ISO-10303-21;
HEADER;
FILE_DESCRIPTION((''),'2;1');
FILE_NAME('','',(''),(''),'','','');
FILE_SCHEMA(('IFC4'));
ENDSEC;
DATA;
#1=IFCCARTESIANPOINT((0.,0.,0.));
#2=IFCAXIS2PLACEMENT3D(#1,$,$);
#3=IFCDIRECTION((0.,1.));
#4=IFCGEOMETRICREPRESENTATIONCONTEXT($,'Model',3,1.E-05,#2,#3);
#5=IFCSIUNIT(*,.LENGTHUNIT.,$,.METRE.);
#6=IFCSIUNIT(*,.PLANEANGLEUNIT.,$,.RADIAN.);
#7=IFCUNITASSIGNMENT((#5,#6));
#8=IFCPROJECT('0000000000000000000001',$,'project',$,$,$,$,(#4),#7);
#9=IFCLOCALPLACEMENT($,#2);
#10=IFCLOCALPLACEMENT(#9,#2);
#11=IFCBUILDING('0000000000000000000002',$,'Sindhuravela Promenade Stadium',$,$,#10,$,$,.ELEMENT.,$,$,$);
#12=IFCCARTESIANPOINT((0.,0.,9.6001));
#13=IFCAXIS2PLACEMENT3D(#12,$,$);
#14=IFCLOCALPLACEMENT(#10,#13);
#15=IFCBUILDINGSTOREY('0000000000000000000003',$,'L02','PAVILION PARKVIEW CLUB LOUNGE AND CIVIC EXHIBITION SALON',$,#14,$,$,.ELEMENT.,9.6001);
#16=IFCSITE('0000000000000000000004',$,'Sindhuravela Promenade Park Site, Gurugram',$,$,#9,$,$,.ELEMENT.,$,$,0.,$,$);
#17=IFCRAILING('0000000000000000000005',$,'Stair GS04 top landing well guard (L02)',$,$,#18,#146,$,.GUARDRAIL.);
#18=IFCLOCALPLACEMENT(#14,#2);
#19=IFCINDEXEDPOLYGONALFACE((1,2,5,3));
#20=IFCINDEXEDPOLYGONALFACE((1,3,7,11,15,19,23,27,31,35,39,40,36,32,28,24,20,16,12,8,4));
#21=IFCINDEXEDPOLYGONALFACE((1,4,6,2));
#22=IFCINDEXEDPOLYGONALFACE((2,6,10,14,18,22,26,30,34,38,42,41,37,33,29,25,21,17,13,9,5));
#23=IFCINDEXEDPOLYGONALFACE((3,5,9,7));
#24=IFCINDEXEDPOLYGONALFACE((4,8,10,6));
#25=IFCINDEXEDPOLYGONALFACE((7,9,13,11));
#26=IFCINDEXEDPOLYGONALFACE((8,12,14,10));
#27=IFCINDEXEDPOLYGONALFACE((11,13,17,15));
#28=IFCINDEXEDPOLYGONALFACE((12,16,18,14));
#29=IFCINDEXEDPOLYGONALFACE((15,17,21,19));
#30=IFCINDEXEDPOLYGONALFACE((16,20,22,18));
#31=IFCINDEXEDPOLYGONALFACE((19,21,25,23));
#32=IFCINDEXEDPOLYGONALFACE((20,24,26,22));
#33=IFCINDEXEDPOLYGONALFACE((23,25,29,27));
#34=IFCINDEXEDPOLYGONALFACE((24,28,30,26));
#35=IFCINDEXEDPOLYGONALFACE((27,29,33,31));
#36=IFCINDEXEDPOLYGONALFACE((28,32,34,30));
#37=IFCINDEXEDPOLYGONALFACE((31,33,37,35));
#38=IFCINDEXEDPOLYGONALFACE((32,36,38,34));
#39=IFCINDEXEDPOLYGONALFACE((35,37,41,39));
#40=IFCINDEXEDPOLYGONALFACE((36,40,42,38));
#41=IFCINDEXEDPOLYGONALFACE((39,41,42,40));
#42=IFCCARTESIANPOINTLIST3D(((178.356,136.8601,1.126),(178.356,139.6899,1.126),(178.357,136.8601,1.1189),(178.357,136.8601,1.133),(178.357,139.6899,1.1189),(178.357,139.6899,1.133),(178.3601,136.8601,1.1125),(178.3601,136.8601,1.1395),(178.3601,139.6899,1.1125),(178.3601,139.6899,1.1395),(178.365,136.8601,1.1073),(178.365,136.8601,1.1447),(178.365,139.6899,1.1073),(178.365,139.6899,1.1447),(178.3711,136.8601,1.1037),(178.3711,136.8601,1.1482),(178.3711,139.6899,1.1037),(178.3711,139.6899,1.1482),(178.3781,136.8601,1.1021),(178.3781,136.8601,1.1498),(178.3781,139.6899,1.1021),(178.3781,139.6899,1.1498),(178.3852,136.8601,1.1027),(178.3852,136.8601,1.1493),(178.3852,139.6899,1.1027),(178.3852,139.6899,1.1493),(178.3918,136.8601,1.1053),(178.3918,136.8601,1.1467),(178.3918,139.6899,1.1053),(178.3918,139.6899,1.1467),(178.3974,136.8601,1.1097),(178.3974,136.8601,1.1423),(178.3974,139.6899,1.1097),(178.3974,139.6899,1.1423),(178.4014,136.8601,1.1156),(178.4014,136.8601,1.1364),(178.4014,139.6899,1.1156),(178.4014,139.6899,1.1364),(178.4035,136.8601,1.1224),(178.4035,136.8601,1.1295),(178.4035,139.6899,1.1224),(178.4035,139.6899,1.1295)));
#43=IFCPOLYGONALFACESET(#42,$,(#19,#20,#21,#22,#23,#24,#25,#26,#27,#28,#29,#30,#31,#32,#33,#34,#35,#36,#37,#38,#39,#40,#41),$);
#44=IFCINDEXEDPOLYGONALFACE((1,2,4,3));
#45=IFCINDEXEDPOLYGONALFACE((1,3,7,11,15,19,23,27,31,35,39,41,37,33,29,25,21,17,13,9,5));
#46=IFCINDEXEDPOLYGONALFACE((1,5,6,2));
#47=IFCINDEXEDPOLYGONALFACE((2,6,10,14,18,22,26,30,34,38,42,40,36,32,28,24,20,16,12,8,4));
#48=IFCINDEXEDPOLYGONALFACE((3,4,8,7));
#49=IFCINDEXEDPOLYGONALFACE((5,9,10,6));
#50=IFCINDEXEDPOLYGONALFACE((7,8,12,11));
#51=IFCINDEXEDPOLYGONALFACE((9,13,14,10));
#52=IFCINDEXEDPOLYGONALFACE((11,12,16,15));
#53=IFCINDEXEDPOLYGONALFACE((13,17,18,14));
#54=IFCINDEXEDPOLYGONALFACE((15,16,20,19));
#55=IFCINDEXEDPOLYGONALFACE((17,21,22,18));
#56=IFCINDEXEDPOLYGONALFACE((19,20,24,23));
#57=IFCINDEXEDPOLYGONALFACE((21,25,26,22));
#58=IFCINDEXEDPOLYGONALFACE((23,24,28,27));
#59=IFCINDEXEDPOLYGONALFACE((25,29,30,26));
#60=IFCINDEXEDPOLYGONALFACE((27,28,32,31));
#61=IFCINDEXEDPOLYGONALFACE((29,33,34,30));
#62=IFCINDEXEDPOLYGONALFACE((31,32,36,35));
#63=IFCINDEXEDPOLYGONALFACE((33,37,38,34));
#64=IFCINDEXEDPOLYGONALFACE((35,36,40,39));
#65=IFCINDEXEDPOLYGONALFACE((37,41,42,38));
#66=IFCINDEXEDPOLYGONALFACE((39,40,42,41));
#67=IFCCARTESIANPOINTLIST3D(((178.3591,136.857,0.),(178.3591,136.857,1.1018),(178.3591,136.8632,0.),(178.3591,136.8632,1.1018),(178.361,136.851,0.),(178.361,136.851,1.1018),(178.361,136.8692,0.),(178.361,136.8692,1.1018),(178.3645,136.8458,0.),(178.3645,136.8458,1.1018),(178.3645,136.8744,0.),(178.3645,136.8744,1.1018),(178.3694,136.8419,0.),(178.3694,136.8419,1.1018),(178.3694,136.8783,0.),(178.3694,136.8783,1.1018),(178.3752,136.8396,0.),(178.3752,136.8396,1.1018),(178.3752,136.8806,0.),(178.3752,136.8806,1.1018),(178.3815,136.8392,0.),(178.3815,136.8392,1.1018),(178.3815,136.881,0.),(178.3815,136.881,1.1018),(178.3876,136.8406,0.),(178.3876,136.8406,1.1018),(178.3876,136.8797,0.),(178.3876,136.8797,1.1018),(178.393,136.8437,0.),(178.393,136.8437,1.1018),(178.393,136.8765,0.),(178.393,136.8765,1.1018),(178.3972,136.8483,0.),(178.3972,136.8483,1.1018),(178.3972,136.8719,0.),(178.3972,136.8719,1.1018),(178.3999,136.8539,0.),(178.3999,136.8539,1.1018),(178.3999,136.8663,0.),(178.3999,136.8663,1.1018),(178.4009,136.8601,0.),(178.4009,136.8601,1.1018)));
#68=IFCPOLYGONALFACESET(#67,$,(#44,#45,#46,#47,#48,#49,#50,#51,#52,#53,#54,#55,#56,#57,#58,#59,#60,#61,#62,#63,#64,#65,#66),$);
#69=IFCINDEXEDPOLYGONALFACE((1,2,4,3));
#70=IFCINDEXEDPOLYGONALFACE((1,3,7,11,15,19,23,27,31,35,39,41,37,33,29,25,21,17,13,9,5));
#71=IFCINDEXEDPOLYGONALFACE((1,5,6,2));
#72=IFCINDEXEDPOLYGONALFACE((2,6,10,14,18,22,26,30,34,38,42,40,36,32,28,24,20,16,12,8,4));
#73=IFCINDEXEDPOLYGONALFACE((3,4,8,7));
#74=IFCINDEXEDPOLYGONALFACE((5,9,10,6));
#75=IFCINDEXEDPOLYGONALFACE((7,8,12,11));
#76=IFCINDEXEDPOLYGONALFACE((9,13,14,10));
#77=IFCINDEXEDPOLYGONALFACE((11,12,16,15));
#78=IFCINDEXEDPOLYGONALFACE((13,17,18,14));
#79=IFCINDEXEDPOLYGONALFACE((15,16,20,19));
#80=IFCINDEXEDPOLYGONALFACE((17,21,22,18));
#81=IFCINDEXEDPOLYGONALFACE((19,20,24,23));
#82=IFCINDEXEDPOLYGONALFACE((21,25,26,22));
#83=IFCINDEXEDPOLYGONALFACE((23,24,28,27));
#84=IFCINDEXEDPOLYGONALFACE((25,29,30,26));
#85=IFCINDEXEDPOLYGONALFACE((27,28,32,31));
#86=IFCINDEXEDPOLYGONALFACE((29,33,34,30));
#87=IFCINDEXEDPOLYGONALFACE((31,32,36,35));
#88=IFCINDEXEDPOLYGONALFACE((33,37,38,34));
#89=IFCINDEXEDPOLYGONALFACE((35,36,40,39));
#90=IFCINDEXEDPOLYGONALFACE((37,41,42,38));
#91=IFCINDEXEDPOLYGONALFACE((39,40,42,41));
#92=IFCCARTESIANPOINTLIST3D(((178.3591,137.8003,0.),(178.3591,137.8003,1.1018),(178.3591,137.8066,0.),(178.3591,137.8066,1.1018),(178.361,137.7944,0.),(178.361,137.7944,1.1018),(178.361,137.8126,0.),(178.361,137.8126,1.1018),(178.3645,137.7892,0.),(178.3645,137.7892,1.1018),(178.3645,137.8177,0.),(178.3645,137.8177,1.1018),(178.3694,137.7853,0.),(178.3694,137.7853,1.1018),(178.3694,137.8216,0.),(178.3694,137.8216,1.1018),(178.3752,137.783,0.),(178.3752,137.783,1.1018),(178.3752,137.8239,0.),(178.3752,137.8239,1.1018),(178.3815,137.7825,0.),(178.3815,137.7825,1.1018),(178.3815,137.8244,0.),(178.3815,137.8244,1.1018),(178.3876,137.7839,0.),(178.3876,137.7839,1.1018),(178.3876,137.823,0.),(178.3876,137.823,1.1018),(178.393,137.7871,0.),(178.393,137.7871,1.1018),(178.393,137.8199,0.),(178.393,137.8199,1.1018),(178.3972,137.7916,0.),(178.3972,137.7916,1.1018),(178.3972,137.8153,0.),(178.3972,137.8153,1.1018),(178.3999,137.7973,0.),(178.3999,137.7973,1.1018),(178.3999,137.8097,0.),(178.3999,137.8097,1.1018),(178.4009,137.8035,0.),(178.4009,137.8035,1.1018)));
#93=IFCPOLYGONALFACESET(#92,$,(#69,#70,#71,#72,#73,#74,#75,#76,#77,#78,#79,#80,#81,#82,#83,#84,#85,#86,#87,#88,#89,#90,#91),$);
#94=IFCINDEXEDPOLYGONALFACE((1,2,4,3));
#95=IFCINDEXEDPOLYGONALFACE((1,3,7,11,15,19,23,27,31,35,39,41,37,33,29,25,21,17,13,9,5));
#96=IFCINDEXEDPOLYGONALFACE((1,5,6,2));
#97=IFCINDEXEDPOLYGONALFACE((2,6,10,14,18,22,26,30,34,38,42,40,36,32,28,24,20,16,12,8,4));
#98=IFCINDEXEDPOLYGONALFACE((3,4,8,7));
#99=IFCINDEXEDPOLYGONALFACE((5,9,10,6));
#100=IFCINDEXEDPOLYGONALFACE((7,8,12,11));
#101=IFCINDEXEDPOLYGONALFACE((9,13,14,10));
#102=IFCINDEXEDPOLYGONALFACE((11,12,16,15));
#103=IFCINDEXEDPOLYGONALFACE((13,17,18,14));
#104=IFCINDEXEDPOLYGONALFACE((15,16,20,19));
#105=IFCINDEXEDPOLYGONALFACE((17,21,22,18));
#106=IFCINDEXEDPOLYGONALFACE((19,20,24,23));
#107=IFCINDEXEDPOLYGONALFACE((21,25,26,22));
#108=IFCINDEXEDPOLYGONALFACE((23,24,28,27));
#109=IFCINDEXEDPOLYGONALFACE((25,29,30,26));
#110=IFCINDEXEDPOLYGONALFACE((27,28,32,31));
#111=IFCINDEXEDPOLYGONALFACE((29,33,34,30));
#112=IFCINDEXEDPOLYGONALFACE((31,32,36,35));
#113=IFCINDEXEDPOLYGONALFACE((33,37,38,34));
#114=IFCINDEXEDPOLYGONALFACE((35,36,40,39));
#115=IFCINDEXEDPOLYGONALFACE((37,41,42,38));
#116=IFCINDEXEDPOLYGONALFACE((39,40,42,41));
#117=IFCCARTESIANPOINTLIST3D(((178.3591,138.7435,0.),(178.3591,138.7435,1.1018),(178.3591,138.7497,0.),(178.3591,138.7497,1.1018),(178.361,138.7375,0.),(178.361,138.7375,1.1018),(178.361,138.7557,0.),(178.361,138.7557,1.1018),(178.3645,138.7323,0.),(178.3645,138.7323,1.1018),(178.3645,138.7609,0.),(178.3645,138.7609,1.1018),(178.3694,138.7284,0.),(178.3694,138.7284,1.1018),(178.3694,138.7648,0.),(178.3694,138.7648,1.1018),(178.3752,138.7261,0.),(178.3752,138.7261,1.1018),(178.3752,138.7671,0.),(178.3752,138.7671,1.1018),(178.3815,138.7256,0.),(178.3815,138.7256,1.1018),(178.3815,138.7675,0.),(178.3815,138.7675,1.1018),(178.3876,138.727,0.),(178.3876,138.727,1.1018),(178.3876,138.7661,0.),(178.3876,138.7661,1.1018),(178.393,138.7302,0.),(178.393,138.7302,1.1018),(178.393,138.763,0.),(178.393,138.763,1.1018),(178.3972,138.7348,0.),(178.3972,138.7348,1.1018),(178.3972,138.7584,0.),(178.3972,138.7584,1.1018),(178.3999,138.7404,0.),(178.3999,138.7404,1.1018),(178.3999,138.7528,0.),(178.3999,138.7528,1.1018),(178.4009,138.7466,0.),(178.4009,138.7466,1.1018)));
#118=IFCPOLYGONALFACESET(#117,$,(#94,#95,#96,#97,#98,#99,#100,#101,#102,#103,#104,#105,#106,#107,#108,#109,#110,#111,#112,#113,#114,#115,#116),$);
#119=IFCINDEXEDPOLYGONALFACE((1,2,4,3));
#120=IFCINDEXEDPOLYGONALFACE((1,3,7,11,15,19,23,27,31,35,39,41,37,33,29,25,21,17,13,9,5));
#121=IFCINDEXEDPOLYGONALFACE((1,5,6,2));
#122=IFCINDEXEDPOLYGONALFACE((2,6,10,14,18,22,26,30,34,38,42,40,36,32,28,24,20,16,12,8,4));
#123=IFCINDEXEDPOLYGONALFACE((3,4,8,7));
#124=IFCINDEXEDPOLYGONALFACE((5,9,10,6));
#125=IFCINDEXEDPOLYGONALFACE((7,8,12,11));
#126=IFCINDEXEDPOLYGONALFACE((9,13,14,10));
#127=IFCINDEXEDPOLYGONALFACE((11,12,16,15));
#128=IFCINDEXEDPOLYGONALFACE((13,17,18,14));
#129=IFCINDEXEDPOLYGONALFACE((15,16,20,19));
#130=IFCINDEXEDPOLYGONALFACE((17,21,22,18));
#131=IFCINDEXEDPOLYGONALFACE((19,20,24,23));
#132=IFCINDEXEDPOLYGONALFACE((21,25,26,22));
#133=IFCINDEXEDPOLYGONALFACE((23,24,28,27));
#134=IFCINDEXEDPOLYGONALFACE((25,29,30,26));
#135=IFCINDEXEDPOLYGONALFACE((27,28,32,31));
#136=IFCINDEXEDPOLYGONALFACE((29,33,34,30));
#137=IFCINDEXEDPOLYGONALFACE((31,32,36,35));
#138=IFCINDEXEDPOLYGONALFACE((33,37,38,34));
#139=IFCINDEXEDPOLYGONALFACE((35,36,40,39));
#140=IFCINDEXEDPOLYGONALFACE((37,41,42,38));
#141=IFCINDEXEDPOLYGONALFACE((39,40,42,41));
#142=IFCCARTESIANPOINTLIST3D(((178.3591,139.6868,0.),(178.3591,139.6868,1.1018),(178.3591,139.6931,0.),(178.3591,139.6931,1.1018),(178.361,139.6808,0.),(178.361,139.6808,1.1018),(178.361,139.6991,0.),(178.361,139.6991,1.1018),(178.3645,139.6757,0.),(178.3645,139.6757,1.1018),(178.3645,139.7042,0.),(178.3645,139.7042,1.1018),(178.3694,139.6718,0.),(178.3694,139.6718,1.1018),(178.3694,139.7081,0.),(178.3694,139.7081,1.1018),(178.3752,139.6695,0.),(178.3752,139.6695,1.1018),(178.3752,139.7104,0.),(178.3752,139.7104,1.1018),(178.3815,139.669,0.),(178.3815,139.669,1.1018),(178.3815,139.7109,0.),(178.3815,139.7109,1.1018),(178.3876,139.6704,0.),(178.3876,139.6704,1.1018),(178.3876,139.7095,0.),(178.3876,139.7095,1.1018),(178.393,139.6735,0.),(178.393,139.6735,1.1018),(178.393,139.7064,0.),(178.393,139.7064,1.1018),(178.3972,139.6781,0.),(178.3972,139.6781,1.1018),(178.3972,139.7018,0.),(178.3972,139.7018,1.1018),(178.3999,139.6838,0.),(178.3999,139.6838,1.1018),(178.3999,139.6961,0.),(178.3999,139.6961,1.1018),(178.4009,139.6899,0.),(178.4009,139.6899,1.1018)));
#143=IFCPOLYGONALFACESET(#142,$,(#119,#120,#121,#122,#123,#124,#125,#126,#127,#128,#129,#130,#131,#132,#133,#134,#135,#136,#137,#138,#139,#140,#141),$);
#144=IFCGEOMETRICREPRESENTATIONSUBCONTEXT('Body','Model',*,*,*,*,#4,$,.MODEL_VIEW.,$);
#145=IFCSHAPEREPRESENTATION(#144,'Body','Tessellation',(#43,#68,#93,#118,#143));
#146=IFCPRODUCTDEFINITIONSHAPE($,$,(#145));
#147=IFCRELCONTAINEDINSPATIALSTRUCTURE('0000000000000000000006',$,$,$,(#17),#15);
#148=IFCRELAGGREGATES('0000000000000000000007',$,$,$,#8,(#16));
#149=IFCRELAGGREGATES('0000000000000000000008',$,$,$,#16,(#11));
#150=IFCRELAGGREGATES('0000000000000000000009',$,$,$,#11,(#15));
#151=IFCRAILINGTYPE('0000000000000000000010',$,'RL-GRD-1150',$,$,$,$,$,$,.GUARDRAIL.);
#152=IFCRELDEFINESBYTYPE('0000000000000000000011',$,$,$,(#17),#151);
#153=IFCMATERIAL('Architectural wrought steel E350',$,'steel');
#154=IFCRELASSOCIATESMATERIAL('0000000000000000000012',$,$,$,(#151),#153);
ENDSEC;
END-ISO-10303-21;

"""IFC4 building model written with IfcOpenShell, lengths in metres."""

from ifc_helpers import new_model, si_unit, direction, frame, origin, origin_2d, place, context, subcontext, project, spatial, circle, extrude, material, type_object, element, save


model = new_model("IFC4")

# Units and contexts
model_context = context("Model", 3, precision=1e-05, world=origin(), true_north=direction((0.0, 1.0)))
body_context = subcontext(model_context, "Body", "Model", "MODEL_VIEW")
ifc_project = project(units=[si_unit("LENGTHUNIT", "METRE"), si_unit("PLANEANGLEUNIT", "RADIAN")], contexts=[model_context])

# Site, building, storey
site_placement = place(None, origin())
site = spatial("IfcSite", under=ifc_project, at=site_placement, Name="Sindhuravela Promenade Park Site, Gurugram", CompositionType="ELEMENT", RefElevation=0.0)
building_placement = place(site_placement, origin())
building = spatial("IfcBuilding", under=site, at=building_placement, Name="Sindhuravela Promenade Stadium", CompositionType="ELEMENT")
storey_placement = place(building_placement, frame((0.0, 0.0, 9.6001)))
storey = spatial("IfcBuildingStorey", under=building, at=storey_placement, Name="L02", Description="PAVILION PARKVIEW CLUB LOUNGE AND CIVIC EXHIBITION SALON", CompositionType="ELEMENT", Elevation=9.6001)

# Shared definitions
ifc_material_1 = material(Name="Architectural wrought steel E350", Category="steel")

# Railing
railing_type = type_object("IfcRailingType", Name="RL-GRD-1150", PredefinedType="GUARDRAIL", material=ifc_material_1)
railing_placement = place(storey_placement, frame((178.3799, 136.8601, 0.0)))
element("IfcRailing", 1, at=railing_placement, inside=storey, type_object=railing_type, Name="Stair GS04 top landing well guard (L02)", PredefinedType="GUARDRAIL", context=body_context, shape_type="SweptSolid", body=[
    extrude(circle(Radius=0.0239, at=origin_2d()), frame((0.0, 0.0, 1.126), z_axis=(0.0, 1.0, 0.0), x_axis=(-1.0, 0.0, 0.0)), (0.0, 0.0, 1.0), 2.8298),
    extrude(circle(Radius=0.021, at=origin_2d()), origin(), (0.0, 0.0, 1.0), 1.1018),
    extrude(circle(Radius=0.021, at=origin_2d()), frame((0.0, 0.9434, 0.0)), (0.0, 0.0, 1.0), 1.1018),
    extrude(circle(Radius=0.021, at=origin_2d()), frame((0.0, 1.8865, 0.0)), (0.0, 0.0, 1.0), 1.1018),
    extrude(circle(Radius=0.021, at=origin_2d()), frame((0.0, 2.8298, 0.0)), (0.0, 0.0, 1.0), 1.1018),
])

save(model, "model.ifc")
